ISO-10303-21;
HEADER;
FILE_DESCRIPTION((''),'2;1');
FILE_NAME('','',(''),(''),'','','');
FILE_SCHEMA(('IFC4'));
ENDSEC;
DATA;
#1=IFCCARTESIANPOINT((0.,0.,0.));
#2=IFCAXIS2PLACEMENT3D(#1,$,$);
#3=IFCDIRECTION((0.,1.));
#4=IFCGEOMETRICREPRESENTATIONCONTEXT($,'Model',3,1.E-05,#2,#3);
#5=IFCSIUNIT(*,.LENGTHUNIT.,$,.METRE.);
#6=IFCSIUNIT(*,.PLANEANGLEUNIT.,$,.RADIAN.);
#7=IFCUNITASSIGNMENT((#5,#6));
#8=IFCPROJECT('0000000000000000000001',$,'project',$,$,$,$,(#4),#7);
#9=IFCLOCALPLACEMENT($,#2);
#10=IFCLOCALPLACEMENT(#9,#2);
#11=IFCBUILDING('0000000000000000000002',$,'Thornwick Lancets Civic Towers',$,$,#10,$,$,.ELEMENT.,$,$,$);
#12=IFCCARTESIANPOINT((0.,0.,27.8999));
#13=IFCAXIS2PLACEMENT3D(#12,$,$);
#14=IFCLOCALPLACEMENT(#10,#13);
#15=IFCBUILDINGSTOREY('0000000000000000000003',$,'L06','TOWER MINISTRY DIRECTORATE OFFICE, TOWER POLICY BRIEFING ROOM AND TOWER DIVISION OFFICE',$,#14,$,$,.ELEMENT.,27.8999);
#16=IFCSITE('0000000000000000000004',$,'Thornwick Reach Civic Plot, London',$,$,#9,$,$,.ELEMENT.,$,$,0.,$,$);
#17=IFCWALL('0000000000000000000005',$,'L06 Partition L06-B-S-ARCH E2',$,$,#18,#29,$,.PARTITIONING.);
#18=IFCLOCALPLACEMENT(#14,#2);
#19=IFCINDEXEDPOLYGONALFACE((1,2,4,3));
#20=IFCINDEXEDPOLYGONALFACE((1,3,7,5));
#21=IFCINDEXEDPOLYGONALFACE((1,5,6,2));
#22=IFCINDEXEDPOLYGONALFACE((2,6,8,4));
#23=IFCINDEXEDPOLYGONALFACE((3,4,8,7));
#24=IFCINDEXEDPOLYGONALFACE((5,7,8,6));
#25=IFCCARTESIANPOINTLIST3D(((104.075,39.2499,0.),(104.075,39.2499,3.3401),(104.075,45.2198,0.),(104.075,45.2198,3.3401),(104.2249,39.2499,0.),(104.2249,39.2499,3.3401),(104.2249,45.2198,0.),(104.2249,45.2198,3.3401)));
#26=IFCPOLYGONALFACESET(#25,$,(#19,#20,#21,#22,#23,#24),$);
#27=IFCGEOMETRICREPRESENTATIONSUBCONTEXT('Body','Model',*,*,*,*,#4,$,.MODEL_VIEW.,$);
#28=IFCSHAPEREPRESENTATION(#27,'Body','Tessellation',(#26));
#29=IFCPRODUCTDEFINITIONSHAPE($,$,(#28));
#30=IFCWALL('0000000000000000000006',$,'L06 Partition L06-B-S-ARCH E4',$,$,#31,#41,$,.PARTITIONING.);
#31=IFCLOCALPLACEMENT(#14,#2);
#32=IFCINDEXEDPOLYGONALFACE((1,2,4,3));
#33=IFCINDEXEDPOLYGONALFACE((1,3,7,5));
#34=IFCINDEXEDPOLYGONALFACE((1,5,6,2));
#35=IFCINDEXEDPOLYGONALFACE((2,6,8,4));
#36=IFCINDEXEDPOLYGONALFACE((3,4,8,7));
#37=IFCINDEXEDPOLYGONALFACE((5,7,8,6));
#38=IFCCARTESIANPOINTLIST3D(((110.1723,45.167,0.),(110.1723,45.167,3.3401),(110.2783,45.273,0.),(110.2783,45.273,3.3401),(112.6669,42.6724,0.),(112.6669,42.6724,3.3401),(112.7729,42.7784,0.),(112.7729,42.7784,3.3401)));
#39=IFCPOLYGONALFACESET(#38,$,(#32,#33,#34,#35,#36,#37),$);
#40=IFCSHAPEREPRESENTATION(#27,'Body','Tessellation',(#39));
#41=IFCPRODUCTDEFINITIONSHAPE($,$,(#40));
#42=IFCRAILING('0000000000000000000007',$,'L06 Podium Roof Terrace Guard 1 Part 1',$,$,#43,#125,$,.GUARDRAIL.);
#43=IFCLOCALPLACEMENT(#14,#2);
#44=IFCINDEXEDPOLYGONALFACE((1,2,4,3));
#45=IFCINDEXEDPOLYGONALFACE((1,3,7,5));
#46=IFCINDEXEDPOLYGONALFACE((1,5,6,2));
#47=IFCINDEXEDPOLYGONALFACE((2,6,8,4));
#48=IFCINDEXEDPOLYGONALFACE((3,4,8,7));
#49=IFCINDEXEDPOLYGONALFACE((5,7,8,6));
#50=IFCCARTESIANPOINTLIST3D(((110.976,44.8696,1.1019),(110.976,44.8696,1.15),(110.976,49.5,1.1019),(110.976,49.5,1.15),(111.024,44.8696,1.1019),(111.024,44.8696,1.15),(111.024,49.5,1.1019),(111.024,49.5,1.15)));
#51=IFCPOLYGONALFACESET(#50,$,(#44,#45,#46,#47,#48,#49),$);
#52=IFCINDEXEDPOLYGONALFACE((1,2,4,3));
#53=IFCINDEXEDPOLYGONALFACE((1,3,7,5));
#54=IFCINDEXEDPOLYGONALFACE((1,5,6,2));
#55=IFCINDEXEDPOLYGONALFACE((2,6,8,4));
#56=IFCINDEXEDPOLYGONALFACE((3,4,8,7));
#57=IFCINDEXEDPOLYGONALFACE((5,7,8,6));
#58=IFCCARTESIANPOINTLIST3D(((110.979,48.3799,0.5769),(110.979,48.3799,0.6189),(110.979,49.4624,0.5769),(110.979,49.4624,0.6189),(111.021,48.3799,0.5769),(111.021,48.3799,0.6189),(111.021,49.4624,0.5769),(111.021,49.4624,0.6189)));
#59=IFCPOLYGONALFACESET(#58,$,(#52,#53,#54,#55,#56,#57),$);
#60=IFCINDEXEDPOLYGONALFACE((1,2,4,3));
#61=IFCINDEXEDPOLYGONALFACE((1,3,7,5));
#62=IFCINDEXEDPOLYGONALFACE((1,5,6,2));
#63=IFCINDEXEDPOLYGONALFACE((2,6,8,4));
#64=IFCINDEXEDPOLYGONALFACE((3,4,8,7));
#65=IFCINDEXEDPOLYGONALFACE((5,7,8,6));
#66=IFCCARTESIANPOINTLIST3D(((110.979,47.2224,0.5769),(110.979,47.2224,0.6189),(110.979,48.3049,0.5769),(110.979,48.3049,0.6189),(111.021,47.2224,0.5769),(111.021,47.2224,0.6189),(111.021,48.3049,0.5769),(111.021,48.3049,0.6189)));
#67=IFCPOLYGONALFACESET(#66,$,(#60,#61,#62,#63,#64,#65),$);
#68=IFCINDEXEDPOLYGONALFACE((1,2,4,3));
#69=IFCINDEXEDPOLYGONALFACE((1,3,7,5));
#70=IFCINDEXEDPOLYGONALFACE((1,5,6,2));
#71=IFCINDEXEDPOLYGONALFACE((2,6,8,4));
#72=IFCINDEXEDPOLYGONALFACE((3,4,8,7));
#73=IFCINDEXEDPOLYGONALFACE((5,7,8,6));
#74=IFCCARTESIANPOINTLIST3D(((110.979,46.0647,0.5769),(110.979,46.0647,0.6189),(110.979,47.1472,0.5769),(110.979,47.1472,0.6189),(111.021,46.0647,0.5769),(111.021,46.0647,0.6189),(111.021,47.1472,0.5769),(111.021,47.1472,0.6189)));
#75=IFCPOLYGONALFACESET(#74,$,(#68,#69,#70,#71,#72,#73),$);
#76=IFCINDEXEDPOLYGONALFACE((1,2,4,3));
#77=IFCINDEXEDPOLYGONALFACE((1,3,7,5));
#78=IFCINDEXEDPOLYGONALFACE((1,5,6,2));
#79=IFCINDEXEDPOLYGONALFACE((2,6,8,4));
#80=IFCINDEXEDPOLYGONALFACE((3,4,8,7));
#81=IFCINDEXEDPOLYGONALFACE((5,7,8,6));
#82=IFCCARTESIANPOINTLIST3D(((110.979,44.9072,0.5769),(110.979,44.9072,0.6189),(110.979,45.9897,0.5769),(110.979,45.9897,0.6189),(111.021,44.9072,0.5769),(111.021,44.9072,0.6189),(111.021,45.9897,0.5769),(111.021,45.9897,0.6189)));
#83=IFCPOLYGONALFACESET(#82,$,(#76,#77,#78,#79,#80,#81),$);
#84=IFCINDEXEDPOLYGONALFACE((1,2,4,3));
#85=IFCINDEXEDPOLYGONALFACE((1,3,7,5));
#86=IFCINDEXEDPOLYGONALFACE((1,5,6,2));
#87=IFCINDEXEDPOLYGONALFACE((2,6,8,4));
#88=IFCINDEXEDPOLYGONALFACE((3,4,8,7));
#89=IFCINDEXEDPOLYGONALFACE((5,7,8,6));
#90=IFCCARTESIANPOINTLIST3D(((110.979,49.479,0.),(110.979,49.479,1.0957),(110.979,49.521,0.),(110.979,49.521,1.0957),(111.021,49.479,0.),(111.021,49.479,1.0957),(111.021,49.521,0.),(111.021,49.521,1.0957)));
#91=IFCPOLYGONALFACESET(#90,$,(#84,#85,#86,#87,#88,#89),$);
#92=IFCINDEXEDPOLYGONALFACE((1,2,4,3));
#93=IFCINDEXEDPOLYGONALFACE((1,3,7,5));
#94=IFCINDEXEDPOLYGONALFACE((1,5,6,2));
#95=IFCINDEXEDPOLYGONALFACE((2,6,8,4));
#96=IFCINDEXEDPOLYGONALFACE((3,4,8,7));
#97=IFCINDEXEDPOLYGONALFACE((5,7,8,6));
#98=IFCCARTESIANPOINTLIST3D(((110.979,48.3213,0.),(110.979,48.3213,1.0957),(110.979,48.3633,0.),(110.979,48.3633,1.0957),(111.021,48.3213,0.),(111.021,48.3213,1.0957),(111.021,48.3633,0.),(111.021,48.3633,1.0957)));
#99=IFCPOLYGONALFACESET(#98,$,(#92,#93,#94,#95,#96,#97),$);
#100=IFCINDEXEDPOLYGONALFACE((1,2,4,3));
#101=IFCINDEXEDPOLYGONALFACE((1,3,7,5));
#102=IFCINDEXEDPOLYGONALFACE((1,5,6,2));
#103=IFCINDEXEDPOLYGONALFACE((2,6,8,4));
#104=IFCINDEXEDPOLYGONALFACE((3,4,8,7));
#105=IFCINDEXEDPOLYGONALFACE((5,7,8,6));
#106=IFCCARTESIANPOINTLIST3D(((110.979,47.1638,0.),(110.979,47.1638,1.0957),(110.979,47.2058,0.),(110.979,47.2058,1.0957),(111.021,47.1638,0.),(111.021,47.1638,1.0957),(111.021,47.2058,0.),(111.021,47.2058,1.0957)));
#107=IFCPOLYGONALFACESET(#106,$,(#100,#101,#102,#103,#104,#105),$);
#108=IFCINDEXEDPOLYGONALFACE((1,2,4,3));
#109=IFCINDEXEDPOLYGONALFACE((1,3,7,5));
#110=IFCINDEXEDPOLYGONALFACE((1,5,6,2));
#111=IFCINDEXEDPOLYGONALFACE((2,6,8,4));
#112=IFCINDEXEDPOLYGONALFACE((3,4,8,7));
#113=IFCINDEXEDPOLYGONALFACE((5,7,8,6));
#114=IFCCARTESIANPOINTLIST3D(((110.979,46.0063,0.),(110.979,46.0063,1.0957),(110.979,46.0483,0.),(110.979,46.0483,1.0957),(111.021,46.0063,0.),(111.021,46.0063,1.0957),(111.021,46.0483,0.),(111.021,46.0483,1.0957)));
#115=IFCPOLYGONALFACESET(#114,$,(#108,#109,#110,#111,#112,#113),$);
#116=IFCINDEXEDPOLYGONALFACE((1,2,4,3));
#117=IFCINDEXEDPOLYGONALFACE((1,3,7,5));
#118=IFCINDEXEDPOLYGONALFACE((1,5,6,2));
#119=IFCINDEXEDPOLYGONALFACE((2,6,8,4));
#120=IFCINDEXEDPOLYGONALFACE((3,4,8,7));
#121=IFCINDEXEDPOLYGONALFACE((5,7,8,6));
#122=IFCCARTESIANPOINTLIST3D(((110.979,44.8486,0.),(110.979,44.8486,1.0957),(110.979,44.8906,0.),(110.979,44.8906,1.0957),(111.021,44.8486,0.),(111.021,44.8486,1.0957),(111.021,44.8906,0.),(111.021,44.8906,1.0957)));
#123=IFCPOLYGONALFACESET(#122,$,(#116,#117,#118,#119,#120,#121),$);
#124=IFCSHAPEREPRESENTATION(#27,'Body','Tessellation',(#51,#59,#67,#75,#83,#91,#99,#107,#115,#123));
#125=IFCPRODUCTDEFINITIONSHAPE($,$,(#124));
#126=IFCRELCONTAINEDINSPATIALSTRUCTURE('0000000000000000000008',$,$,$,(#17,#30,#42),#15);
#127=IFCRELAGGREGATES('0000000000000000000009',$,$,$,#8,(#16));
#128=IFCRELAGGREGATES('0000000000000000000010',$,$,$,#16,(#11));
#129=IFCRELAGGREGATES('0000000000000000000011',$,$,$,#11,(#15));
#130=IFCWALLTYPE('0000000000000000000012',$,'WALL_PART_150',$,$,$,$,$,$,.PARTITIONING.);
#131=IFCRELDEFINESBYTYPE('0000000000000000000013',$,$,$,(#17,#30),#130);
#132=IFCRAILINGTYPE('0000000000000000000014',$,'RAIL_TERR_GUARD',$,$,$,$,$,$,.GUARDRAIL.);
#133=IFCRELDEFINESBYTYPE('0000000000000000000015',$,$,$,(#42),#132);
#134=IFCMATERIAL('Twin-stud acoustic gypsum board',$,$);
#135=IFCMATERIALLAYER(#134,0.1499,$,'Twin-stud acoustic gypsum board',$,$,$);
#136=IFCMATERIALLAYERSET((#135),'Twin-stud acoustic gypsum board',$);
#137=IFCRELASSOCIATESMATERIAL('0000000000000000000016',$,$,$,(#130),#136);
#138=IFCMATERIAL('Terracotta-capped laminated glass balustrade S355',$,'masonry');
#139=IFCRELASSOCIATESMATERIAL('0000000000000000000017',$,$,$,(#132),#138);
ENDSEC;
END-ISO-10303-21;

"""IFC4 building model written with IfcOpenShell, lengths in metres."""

from ifc_helpers import new_model, si_unit, direction, frame, frame_2d, origin, origin_2d, place, context, subcontext, project, spatial, rectangle, extrude, material, layer, layer_set, type_object, element, save


model = new_model("IFC4")

# Units and contexts
model_context = context("Model", 3, precision=1e-05, world=origin(), true_north=direction((0.0, 1.0)))
body_context = subcontext(model_context, "Body", "Model", "MODEL_VIEW")
ifc_project = project(units=[si_unit("LENGTHUNIT", "METRE"), si_unit("PLANEANGLEUNIT", "RADIAN")], contexts=[model_context])

# Site, building, storey
site_placement = place(None, origin())
site = spatial("IfcSite", under=ifc_project, at=site_placement, Name="Thornwick Reach Civic Plot, London", CompositionType="ELEMENT", RefElevation=0.0)
building_placement = place(site_placement, origin())
building = spatial("IfcBuilding", under=site, at=building_placement, Name="Thornwick Lancets Civic Towers", CompositionType="ELEMENT")
storey_placement = place(building_placement, frame((0.0, 0.0, 27.8999)))
storey = spatial("IfcBuildingStorey", under=building, at=storey_placement, Name="L06", Description="TOWER MINISTRY DIRECTORATE OFFICE, TOWER POLICY BRIEFING ROOM AND TOWER DIVISION OFFICE", CompositionType="ELEMENT", Elevation=27.8999)

# Walls
ifc_material_1 = material(Name="Twin-stud acoustic gypsum board")
ifc_layer_1 = layer(ifc_material_1, 0.1499, Name="Twin-stud acoustic gypsum board")
ifc_layer_set_1 = layer_set([ifc_layer_1], Name="Twin-stud acoustic gypsum board")
wall_type_1 = type_object("IfcWallType", Name="WALL_PART_150", PredefinedType="PARTITIONING", material=ifc_layer_set_1)
wall_1_placement = place(storey_placement, frame((104.1499, 39.25, 0.0), z_axis=(0.0, 0.0, 1.0), x_axis=(0.0, 1.0, 0.0)))
element("IfcWall", 1, at=wall_1_placement, inside=storey, type_object=wall_type_1, Name="L06 Partition L06-B-S-ARCH E2", PredefinedType="PARTITIONING", context=body_context, shape_type="SweptSolid", body=[
    extrude(rectangle(XDim=5.97, YDim=0.1499, at=frame_2d((2.9849, 0.0))), origin(), (0.0, 0.0, 1.0), 3.3401),
])
wall_2_placement = place(storey_placement, frame((110.2253, 45.22, 0.0), z_axis=(0.0, 0.0, 1.0), x_axis=(0.707107, -0.707107, 0.0)))
element("IfcWall", 2, at=wall_2_placement, inside=storey, type_object=wall_type_1, Name="L06 Partition L06-B-S-ARCH E4", PredefinedType="PARTITIONING", context=body_context, shape_type="SweptSolid", body=[
    extrude(rectangle(XDim=3.5278, YDim=0.1499, at=frame_2d((1.7639, 0.0))), origin(), (0.0, 0.0, 1.0), 3.3401),
])

# Railing
ifc_material_2 = material(Name="Terracotta-capped laminated glass balustrade S355", Category="masonry")
railing_type = type_object("IfcRailingType", Name="RAIL_TERR_GUARD", PredefinedType="GUARDRAIL", material=ifc_material_2)
railing_placement = place(storey_placement, frame((111.0, 49.5, 0.0)))
element("IfcRailing", 3, at=railing_placement, inside=storey, type_object=railing_type, Name="L06 Podium Roof Terrace Guard 1 Part 1", PredefinedType="GUARDRAIL", context=body_context, shape_type="SweptSolid", body=[
    extrude(rectangle(XDim=0.0481, YDim=0.0481, at=origin_2d()), frame((0.0, 0.0, 1.126), z_axis=(0.0, -1.0, 0.0), x_axis=(1.0, 0.0, 0.0)), (0.0, 0.0, 1.0), 4.6304),
    extrude(rectangle(XDim=0.042, YDim=0.042, at=origin_2d()), frame((0.0, -0.0376, 0.5979), z_axis=(0.0, -1.0, 0.0), x_axis=(1.0, 0.0, 0.0)), (0.0, 0.0, 1.0), 1.0825),
    extrude(rectangle(XDim=0.042, YDim=0.042, at=origin_2d()), frame((0.0, -1.1951, 0.5979), z_axis=(0.0, -1.0, 0.0), x_axis=(1.0, 0.0, 0.0)), (0.0, 0.0, 1.0), 1.0825),
    extrude(rectangle(XDim=0.042, YDim=0.042, at=origin_2d()), frame((0.0, -2.3528, 0.5979), z_axis=(0.0, -1.0, 0.0), x_axis=(1.0, 0.0, 0.0)), (0.0, 0.0, 1.0), 1.0825),
    extrude(rectangle(XDim=0.042, YDim=0.042, at=origin_2d()), frame((0.0, -3.5103, 0.5979), z_axis=(0.0, -1.0, 0.0), x_axis=(1.0, 0.0, 0.0)), (0.0, 0.0, 1.0), 1.0825),
    extrude(rectangle(XDim=0.042, YDim=0.042, at=origin_2d()), origin(), (0.0, 0.0, 1.0), 1.0957),
    extrude(rectangle(XDim=0.042, YDim=0.042, at=origin_2d()), frame((0.0, -1.1577, 0.0)), (0.0, 0.0, 1.0), 1.0957),
    extrude(rectangle(XDim=0.042, YDim=0.042, at=origin_2d()), frame((0.0, -2.3152, 0.0)), (0.0, 0.0, 1.0), 1.0957),
    extrude(rectangle(XDim=0.042, YDim=0.042, at=origin_2d()), frame((0.0, -3.4727, 0.0)), (0.0, 0.0, 1.0), 1.0957),
    extrude(rectangle(XDim=0.042, YDim=0.042, at=origin_2d()), frame((0.0, -4.6304, 0.0)), (0.0, 0.0, 1.0), 1.0957),
])

save(model, "model.ifc")
